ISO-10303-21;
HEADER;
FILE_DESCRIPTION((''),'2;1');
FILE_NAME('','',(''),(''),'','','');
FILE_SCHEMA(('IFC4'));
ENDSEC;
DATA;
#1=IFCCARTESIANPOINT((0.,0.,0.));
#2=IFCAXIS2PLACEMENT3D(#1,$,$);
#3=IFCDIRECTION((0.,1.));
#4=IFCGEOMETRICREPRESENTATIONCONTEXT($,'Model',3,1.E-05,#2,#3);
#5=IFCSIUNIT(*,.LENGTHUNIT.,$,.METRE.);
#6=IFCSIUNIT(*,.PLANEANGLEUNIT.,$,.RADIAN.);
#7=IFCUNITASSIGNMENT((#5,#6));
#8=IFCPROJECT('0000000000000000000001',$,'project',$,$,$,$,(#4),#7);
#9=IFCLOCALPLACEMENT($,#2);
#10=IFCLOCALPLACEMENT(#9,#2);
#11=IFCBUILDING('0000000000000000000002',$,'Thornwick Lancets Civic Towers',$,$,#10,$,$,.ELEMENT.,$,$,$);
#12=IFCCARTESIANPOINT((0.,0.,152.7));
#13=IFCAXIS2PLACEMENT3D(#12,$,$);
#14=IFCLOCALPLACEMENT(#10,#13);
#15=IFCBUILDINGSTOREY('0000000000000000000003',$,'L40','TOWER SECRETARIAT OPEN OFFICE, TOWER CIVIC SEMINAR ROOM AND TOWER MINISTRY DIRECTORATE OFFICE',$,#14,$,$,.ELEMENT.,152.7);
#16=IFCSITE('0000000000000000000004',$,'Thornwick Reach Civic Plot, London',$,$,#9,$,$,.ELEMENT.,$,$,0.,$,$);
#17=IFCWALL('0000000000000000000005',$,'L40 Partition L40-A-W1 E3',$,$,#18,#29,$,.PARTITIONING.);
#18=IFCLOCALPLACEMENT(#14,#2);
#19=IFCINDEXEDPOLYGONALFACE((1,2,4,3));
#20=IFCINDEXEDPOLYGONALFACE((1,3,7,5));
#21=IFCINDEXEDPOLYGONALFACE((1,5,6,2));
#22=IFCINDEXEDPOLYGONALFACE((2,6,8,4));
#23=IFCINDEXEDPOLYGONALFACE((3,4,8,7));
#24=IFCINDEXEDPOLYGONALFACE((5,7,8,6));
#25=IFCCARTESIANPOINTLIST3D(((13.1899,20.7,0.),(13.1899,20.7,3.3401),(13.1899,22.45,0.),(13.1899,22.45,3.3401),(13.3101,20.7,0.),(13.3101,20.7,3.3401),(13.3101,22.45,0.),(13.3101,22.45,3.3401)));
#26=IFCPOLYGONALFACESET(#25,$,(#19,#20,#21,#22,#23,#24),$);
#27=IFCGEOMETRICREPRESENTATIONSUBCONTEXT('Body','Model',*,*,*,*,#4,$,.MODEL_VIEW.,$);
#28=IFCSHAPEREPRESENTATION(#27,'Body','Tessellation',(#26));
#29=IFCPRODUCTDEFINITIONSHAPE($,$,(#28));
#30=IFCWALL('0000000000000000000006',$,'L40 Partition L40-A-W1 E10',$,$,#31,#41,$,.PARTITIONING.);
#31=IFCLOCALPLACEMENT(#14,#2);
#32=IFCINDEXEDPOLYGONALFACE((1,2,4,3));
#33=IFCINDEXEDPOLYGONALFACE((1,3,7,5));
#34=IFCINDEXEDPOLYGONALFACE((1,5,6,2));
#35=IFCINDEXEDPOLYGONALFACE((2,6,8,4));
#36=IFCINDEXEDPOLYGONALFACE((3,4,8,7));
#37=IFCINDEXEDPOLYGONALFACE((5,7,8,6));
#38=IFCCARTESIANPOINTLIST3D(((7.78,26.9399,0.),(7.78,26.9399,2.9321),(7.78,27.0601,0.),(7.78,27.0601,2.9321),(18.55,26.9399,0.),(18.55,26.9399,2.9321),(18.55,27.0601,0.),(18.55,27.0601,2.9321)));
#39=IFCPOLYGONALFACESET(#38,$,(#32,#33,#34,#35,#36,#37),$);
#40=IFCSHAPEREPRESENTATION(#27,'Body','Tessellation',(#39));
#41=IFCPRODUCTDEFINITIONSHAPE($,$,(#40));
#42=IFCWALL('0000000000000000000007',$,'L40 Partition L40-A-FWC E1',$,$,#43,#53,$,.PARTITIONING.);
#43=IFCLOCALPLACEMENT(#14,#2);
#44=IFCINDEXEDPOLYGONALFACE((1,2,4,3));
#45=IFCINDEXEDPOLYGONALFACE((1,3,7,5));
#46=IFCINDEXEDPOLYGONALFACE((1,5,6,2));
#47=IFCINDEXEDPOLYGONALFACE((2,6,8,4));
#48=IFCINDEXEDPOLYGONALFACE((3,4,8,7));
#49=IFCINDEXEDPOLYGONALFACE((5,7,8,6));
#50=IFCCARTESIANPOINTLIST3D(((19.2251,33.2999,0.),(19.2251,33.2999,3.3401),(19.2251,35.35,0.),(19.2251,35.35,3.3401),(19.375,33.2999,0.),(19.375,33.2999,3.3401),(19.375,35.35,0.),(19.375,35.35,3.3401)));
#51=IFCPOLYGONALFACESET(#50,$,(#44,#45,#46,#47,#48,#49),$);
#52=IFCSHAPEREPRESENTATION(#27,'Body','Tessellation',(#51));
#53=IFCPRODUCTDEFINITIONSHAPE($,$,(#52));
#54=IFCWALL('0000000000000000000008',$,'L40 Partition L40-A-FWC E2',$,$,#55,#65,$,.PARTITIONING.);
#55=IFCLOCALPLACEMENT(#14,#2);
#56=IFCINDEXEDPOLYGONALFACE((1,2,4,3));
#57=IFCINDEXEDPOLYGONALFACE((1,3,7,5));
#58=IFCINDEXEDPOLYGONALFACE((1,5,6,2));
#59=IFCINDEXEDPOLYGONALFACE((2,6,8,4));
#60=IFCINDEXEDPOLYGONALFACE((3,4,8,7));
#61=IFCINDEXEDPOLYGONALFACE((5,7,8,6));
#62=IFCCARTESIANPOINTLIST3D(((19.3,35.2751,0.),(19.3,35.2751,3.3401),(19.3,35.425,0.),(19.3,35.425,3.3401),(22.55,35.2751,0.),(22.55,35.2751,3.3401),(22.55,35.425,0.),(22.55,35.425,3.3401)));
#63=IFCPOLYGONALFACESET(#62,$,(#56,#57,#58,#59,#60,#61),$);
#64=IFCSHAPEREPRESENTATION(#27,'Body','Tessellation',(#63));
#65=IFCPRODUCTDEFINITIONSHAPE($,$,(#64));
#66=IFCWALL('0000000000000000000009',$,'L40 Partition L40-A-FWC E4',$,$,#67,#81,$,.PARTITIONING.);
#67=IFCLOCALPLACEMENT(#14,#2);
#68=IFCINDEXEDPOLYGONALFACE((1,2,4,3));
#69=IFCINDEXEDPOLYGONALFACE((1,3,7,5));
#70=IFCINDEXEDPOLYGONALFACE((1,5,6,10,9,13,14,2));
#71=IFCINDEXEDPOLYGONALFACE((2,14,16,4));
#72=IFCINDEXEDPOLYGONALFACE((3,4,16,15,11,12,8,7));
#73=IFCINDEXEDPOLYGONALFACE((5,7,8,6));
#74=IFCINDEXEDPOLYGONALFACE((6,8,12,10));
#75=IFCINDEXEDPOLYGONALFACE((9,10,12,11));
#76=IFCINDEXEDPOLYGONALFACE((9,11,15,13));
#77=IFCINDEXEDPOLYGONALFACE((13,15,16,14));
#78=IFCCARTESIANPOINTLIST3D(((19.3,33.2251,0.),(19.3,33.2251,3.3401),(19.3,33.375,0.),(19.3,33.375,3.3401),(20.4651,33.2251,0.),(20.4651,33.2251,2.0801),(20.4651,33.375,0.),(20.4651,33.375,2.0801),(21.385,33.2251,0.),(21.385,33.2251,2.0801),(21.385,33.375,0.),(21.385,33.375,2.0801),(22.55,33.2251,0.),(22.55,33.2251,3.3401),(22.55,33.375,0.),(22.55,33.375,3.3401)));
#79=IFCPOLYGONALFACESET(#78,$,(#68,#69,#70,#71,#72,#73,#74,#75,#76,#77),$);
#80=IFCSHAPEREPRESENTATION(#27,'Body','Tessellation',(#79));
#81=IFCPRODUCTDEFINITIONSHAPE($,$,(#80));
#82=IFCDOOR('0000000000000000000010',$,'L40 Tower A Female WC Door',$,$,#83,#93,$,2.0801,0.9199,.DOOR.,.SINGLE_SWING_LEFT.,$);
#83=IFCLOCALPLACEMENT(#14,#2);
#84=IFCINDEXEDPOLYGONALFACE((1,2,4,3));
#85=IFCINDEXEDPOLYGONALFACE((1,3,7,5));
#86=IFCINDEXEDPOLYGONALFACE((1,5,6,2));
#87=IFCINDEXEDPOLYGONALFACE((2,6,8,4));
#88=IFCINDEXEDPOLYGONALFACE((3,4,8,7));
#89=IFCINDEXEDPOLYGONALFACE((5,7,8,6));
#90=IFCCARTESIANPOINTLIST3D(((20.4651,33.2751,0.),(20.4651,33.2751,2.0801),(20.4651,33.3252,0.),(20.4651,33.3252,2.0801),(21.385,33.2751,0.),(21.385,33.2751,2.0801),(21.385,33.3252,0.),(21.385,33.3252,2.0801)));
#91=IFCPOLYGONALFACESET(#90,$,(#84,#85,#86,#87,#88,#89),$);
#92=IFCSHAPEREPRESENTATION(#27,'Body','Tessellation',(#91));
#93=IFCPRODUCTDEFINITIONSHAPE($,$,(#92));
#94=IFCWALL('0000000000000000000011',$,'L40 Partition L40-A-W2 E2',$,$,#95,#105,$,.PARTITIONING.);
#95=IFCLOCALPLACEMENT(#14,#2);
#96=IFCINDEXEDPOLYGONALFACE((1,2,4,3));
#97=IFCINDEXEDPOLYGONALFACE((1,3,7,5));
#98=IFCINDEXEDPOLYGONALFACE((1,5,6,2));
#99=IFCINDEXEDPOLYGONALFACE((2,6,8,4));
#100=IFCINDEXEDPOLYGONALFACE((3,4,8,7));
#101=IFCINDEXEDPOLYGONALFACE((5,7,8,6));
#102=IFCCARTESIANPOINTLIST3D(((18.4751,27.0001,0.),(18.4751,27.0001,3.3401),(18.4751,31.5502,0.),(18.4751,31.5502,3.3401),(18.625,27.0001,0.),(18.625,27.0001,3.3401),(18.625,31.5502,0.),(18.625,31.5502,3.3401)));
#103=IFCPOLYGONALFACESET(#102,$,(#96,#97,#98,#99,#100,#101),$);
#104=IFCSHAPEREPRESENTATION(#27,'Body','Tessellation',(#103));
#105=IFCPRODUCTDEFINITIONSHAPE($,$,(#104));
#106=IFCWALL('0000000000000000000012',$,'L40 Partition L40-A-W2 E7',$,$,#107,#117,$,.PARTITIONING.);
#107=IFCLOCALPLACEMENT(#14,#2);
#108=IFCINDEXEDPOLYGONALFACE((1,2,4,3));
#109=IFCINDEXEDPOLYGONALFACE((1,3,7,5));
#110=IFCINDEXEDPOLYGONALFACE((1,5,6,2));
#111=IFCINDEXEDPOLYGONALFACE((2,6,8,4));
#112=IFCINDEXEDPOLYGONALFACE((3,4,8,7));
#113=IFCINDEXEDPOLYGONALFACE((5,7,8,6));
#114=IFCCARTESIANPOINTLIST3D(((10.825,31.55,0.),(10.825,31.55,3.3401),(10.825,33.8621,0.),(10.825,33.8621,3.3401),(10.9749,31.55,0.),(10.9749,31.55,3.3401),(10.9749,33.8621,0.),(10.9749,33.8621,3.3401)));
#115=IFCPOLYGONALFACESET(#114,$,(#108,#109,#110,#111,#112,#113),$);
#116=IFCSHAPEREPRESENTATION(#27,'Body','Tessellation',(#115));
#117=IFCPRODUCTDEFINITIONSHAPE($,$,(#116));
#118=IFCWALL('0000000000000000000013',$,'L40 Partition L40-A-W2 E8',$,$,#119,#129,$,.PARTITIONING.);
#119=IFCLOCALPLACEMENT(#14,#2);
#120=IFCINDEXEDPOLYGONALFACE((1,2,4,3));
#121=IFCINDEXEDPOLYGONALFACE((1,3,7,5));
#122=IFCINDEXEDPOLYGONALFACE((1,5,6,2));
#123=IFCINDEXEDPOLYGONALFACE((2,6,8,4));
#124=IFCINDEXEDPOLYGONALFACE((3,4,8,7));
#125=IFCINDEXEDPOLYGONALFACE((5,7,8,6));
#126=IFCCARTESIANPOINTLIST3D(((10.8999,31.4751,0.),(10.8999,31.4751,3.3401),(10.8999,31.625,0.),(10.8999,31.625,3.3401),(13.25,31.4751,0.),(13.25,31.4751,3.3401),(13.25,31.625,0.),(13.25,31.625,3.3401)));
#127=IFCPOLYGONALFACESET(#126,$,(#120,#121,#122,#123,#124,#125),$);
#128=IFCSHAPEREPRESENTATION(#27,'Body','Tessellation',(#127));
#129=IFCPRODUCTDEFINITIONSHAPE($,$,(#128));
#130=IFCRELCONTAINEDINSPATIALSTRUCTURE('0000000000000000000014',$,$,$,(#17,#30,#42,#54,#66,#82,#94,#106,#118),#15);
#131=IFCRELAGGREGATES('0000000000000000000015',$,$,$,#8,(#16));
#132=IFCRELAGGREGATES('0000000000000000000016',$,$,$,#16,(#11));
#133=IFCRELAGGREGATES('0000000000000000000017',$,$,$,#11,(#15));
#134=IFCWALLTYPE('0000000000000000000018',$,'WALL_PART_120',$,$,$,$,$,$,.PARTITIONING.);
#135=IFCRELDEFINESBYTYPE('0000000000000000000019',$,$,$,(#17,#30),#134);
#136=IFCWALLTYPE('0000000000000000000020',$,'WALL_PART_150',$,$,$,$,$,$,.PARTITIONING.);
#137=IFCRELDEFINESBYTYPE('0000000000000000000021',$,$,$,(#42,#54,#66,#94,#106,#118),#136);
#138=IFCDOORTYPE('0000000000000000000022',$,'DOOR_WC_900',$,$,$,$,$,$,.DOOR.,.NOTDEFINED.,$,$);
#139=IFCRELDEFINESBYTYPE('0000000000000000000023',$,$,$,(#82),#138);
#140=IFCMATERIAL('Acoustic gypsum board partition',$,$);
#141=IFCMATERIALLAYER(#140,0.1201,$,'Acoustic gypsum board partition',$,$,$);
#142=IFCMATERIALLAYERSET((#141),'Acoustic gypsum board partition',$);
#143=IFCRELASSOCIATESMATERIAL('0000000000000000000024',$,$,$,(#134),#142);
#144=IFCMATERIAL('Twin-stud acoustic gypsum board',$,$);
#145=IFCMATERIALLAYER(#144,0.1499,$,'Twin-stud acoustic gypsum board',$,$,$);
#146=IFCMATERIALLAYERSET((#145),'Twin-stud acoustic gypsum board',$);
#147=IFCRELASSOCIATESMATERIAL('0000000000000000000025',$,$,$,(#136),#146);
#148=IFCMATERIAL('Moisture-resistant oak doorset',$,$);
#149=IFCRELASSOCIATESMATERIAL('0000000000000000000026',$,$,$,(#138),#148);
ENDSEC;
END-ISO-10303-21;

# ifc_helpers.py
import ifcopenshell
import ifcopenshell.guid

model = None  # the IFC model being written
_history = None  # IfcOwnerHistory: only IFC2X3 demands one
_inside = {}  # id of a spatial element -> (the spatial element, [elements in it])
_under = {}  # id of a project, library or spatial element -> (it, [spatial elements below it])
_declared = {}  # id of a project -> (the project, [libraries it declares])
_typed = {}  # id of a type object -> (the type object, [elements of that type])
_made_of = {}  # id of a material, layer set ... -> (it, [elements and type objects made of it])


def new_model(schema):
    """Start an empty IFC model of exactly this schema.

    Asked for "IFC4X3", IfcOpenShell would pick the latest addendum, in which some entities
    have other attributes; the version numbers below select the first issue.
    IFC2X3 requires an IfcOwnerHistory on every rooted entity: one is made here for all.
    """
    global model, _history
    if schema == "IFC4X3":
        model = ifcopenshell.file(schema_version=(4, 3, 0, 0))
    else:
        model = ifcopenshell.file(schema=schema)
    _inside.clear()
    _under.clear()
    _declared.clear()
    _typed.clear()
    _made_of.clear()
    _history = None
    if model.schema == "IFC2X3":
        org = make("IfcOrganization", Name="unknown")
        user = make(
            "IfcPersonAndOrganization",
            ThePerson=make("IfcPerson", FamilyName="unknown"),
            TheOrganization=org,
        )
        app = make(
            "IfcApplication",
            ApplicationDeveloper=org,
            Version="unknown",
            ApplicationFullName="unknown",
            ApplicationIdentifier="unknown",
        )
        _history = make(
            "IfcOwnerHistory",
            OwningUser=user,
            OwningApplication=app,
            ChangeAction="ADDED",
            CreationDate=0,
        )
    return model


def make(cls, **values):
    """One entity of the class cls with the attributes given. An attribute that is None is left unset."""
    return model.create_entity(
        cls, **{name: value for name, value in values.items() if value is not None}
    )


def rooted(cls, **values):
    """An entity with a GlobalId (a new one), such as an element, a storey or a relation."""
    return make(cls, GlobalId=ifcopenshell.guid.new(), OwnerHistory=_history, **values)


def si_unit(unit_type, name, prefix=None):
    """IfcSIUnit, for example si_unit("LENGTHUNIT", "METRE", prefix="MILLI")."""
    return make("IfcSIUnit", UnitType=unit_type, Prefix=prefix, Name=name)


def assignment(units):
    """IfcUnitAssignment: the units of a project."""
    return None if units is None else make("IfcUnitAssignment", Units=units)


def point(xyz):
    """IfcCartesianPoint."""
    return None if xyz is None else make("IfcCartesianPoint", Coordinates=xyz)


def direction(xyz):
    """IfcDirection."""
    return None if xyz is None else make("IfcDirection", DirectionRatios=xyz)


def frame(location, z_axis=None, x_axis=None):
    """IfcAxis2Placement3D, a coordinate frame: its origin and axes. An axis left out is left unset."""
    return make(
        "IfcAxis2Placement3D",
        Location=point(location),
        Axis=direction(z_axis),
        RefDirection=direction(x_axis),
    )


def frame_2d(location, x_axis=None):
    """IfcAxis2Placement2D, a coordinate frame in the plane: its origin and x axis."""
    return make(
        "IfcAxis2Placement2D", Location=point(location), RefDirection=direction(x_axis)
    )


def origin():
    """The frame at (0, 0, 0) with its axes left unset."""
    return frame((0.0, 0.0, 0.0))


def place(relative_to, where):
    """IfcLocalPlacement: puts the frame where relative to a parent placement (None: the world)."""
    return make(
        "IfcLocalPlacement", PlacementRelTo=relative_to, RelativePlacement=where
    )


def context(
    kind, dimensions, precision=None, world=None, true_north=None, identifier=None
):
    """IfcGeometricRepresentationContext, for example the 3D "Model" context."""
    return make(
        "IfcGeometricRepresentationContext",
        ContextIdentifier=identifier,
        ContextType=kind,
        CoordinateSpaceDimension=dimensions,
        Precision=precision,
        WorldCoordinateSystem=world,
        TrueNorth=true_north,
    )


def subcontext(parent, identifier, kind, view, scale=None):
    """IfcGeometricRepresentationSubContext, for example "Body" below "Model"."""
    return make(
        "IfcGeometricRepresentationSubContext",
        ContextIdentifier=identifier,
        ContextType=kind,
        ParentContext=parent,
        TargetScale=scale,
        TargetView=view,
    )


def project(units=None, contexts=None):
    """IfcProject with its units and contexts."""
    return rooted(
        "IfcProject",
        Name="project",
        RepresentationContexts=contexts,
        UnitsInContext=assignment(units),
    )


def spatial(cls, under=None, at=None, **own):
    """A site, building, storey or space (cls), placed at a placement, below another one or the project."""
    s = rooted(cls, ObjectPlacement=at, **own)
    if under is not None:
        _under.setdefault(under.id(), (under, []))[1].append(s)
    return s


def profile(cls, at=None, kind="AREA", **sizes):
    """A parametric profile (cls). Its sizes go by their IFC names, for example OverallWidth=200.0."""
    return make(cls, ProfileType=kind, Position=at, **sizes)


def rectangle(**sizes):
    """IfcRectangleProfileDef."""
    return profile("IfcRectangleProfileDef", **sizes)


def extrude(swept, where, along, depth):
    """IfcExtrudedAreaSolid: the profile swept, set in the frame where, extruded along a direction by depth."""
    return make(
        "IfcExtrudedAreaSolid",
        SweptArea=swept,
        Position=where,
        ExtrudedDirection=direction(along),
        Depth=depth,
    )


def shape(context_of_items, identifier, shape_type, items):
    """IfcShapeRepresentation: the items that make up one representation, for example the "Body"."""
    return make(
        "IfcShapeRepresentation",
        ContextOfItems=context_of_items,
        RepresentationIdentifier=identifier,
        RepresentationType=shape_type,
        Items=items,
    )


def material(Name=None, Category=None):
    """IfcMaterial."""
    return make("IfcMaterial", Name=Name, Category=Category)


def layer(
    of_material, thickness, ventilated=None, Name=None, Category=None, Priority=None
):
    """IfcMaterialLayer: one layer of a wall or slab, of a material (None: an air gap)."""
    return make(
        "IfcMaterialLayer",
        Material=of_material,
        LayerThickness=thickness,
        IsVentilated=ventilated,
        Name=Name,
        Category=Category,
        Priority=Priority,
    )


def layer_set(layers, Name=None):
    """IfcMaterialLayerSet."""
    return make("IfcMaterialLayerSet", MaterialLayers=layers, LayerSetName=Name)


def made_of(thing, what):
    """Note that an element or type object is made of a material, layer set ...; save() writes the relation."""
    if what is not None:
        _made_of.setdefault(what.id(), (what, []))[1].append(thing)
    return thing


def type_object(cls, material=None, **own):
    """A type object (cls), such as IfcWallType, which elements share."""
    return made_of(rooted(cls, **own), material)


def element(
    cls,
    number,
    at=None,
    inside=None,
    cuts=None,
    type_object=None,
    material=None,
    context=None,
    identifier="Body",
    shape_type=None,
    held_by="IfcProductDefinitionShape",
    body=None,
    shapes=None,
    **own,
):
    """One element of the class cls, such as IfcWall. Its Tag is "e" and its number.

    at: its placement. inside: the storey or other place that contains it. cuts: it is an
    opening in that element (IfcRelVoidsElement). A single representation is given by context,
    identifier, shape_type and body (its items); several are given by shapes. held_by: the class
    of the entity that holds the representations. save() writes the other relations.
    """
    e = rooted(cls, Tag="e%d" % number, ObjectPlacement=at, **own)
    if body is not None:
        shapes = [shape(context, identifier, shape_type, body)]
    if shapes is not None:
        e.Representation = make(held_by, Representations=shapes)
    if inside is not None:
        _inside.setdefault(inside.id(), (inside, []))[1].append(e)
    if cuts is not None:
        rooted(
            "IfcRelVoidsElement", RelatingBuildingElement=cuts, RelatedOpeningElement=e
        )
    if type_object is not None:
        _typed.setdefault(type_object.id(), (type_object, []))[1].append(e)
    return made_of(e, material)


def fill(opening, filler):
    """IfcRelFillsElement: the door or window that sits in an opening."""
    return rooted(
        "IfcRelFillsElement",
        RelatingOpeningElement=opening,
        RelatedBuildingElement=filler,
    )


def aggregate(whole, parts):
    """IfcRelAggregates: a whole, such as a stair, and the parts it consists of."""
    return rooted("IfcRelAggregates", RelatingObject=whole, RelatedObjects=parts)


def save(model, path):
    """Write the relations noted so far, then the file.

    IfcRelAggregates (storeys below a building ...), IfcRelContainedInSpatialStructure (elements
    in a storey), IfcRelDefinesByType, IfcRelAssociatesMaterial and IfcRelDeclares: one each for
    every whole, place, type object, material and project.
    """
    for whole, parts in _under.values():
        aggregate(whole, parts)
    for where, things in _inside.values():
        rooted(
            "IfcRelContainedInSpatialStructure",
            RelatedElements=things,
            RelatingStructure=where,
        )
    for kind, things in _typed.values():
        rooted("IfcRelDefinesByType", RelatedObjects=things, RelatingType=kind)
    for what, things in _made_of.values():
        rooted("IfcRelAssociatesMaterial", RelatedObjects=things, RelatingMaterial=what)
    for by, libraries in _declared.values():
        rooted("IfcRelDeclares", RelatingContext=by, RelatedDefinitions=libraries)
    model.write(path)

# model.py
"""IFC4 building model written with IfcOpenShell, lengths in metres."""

from ifc_helpers import new_model, si_unit, direction, frame, frame_2d, origin, place, context, subcontext, project, spatial, rectangle, extrude, material, layer, layer_set, type_object, element, fill, save


model = new_model("IFC4")

# Units and contexts
model_context = context("Model", 3, precision=1e-05, world=origin(), true_north=direction((0.0, 1.0)))
body_context = subcontext(model_context, "Body", "Model", "MODEL_VIEW")
ifc_project = project(units=[si_unit("LENGTHUNIT", "METRE"), si_unit("PLANEANGLEUNIT", "RADIAN")], contexts=[model_context])

# Site, building, storey
site_placement = place(None, origin())
site = spatial("IfcSite", under=ifc_project, at=site_placement, Name="Thornwick Reach Civic Plot, London", CompositionType="ELEMENT", RefElevation=0.0)
building_placement = place(site_placement, origin())
building = spatial("IfcBuilding", under=site, at=building_placement, Name="Thornwick Lancets Civic Towers", CompositionType="ELEMENT")
storey_placement = place(building_placement, frame((0.0, 0.0, 152.7)))
storey = spatial("IfcBuildingStorey", under=building, at=storey_placement, Name="L40", Description="TOWER SECRETARIAT OPEN OFFICE, TOWER CIVIC SEMINAR ROOM AND TOWER MINISTRY DIRECTORATE OFFICE", CompositionType="ELEMENT", Elevation=152.7)

# Shared definitions
ifc_material_1 = material(Name="Acoustic gypsum board partition")
ifc_layer_1 = layer(ifc_material_1, 0.1201, Name="Acoustic gypsum board partition")
ifc_layer_set_1 = layer_set([ifc_layer_1], Name="Acoustic gypsum board partition")
wall_type_1 = type_object("IfcWallType", Name="WALL_PART_120", PredefinedType="PARTITIONING", material=ifc_layer_set_1)

# Walls
wall_1_placement = place(storey_placement, frame((13.25, 22.45, 0.0), z_axis=(0.0, 0.0, 1.0), x_axis=(0.0, -1.0, 0.0)))
element("IfcWall", 1, at=wall_1_placement, inside=storey, type_object=wall_type_1, Name="L40 Partition L40-A-W1 E3", PredefinedType="PARTITIONING", context=body_context, shape_type="SweptSolid", body=[
    extrude(rectangle(XDim=1.75, YDim=0.1201, at=frame_2d((0.875, 0.0))), origin(), (0.0, 0.0, 1.0), 3.3401),
])
wall_2_placement = place(storey_placement, frame((7.78, 27.0, 0.0), z_axis=(0.0, 0.0, 1.0), x_axis=(1.0, 0.0, 0.0)))
element("IfcWall", 2, at=wall_2_placement, inside=storey, type_object=wall_type_1, Name="L40 Partition L40-A-W1 E10", PredefinedType="PARTITIONING", context=body_context, shape_type="SweptSolid", body=[
    extrude(rectangle(XDim=10.77, YDim=0.1201, at=frame_2d((5.385, 0.0))), origin(), (0.0, 0.0, 1.0), 2.9321),
])
ifc_material_2 = material(Name="Twin-stud acoustic gypsum board")
ifc_layer_2 = layer(ifc_material_2, 0.1499, Name="Twin-stud acoustic gypsum board")
ifc_layer_set_2 = layer_set([ifc_layer_2], Name="Twin-stud acoustic gypsum board")
wall_type_2 = type_object("IfcWallType", Name="WALL_PART_150", PredefinedType="PARTITIONING", material=ifc_layer_set_2)
wall_3_placement = place(storey_placement, frame((19.3, 33.3, 0.0), z_axis=(0.0, 0.0, 1.0), x_axis=(0.0, 1.0, 0.0)))
element("IfcWall", 3, at=wall_3_placement, inside=storey, type_object=wall_type_2, Name="L40 Partition L40-A-FWC E1", PredefinedType="PARTITIONING", context=body_context, shape_type="SweptSolid", body=[
    extrude(rectangle(XDim=2.05, YDim=0.1499, at=frame_2d((1.0249, 0.0))), origin(), (0.0, 0.0, 1.0), 3.3401),
])
wall_4_placement = place(storey_placement, frame((19.3, 35.3501, 0.0), z_axis=(0.0, 0.0, 1.0), x_axis=(1.0, 0.0, 0.0)))
element("IfcWall", 4, at=wall_4_placement, inside=storey, type_object=wall_type_2, Name="L40 Partition L40-A-FWC E2", PredefinedType="PARTITIONING", context=body_context, shape_type="SweptSolid", body=[
    extrude(rectangle(XDim=3.25, YDim=0.1499, at=frame_2d((1.625, 0.0))), origin(), (0.0, 0.0, 1.0), 3.3401),
])

# Wall, opening, door
wall_5_placement = place(storey_placement, frame((22.55, 33.3, 0.0), z_axis=(0.0, 0.0, 1.0), x_axis=(-1.0, 0.0, 0.0)))
wall_5 = element("IfcWall", 5, at=wall_5_placement, inside=storey, type_object=wall_type_2, Name="L40 Partition L40-A-FWC E4", PredefinedType="PARTITIONING", context=body_context, shape_type="SweptSolid", body=[
    extrude(rectangle(XDim=3.25, YDim=0.1499, at=frame_2d((1.625, 0.0))), origin(), (0.0, 0.0, 1.0), 3.3401),
])
opening_1_placement = place(wall_5_placement, frame((1.165, 0.0, 0.0)))
opening_1 = element("IfcOpeningElement", 6, at=opening_1_placement, cuts=wall_5, PredefinedType="OPENING", context=body_context, shape_type="SweptSolid", body=[
    extrude(rectangle(XDim=0.9199, YDim=2.0801, at=frame_2d((0.46, 1.04))), frame((0.0, 0.085, 0.0), z_axis=(0.0, -1.0, 0.0), x_axis=(1.0, 0.0, 0.0)), (0.0, 0.0, 1.0), 0.1699),
])
ifc_material_3 = material(Name="Moisture-resistant oak doorset")
door_type_1 = type_object("IfcDoorType", Name="DOOR_WC_900", OperationType="NOTDEFINED", PredefinedType="DOOR", material=ifc_material_3)
door_1_placement = place(opening_1_placement, origin())
door_1 = element("IfcDoor", 7, at=door_1_placement, inside=storey, type_object=door_type_1, Name="L40 Tower A Female WC Door", OperationType="SINGLE_SWING_LEFT", OverallHeight=2.0801, OverallWidth=0.9199, PredefinedType="DOOR", context=body_context, shape_type="SweptSolid", body=[
    extrude(rectangle(XDim=0.9199, YDim=2.0801, at=frame_2d((0.46, 1.04))), frame((0.0, 0.0249, 0.0), z_axis=(0.0, -1.0, 0.0), x_axis=(1.0, 0.0, 0.0)), (0.0, 0.0, 1.0), 0.05),
])
fill(opening_1, door_1)

# Walls
wall_6_placement = place(storey_placement, frame((18.55, 31.55, 0.0), z_axis=(0.0, 0.0, 1.0), x_axis=(0.0, -1.0, 0.0)))
element("IfcWall", 8, at=wall_6_placement, inside=storey, type_object=wall_type_2, Name="L40 Partition L40-A-W2 E2", PredefinedType="PARTITIONING", context=body_context, shape_type="SweptSolid", body=[
    extrude(rectangle(XDim=4.55, YDim=0.1499, at=frame_2d((2.2749, 0.0))), origin(), (0.0, 0.0, 1.0), 3.3401),
])
wall_7_placement = place(storey_placement, frame((10.8999, 33.8621, 0.0), z_axis=(0.0, 0.0, 1.0), x_axis=(0.0, -1.0, 0.0)))
element("IfcWall", 9, at=wall_7_placement, inside=storey, type_object=wall_type_2, Name="L40 Partition L40-A-W2 E7", PredefinedType="PARTITIONING", context=body_context, shape_type="SweptSolid", body=[
    extrude(rectangle(XDim=2.312, YDim=0.1499, at=frame_2d((1.156, 0.0))), origin(), (0.0, 0.0, 1.0), 3.3401),
])
wall_8_placement = place(storey_placement, frame((10.8999, 31.55, 0.0), z_axis=(0.0, 0.0, 1.0), x_axis=(1.0, 0.0, 0.0)))
element("IfcWall", 10, at=wall_8_placement, inside=storey, type_object=wall_type_2, Name="L40 Partition L40-A-W2 E8", PredefinedType="PARTITIONING", context=body_context, shape_type="SweptSolid", body=[
    extrude(rectangle(XDim=2.3501, YDim=0.1499, at=frame_2d((1.175, 0.0))), origin(), (0.0, 0.0, 1.0), 3.3401),
])

save(model, "model.ifc")
